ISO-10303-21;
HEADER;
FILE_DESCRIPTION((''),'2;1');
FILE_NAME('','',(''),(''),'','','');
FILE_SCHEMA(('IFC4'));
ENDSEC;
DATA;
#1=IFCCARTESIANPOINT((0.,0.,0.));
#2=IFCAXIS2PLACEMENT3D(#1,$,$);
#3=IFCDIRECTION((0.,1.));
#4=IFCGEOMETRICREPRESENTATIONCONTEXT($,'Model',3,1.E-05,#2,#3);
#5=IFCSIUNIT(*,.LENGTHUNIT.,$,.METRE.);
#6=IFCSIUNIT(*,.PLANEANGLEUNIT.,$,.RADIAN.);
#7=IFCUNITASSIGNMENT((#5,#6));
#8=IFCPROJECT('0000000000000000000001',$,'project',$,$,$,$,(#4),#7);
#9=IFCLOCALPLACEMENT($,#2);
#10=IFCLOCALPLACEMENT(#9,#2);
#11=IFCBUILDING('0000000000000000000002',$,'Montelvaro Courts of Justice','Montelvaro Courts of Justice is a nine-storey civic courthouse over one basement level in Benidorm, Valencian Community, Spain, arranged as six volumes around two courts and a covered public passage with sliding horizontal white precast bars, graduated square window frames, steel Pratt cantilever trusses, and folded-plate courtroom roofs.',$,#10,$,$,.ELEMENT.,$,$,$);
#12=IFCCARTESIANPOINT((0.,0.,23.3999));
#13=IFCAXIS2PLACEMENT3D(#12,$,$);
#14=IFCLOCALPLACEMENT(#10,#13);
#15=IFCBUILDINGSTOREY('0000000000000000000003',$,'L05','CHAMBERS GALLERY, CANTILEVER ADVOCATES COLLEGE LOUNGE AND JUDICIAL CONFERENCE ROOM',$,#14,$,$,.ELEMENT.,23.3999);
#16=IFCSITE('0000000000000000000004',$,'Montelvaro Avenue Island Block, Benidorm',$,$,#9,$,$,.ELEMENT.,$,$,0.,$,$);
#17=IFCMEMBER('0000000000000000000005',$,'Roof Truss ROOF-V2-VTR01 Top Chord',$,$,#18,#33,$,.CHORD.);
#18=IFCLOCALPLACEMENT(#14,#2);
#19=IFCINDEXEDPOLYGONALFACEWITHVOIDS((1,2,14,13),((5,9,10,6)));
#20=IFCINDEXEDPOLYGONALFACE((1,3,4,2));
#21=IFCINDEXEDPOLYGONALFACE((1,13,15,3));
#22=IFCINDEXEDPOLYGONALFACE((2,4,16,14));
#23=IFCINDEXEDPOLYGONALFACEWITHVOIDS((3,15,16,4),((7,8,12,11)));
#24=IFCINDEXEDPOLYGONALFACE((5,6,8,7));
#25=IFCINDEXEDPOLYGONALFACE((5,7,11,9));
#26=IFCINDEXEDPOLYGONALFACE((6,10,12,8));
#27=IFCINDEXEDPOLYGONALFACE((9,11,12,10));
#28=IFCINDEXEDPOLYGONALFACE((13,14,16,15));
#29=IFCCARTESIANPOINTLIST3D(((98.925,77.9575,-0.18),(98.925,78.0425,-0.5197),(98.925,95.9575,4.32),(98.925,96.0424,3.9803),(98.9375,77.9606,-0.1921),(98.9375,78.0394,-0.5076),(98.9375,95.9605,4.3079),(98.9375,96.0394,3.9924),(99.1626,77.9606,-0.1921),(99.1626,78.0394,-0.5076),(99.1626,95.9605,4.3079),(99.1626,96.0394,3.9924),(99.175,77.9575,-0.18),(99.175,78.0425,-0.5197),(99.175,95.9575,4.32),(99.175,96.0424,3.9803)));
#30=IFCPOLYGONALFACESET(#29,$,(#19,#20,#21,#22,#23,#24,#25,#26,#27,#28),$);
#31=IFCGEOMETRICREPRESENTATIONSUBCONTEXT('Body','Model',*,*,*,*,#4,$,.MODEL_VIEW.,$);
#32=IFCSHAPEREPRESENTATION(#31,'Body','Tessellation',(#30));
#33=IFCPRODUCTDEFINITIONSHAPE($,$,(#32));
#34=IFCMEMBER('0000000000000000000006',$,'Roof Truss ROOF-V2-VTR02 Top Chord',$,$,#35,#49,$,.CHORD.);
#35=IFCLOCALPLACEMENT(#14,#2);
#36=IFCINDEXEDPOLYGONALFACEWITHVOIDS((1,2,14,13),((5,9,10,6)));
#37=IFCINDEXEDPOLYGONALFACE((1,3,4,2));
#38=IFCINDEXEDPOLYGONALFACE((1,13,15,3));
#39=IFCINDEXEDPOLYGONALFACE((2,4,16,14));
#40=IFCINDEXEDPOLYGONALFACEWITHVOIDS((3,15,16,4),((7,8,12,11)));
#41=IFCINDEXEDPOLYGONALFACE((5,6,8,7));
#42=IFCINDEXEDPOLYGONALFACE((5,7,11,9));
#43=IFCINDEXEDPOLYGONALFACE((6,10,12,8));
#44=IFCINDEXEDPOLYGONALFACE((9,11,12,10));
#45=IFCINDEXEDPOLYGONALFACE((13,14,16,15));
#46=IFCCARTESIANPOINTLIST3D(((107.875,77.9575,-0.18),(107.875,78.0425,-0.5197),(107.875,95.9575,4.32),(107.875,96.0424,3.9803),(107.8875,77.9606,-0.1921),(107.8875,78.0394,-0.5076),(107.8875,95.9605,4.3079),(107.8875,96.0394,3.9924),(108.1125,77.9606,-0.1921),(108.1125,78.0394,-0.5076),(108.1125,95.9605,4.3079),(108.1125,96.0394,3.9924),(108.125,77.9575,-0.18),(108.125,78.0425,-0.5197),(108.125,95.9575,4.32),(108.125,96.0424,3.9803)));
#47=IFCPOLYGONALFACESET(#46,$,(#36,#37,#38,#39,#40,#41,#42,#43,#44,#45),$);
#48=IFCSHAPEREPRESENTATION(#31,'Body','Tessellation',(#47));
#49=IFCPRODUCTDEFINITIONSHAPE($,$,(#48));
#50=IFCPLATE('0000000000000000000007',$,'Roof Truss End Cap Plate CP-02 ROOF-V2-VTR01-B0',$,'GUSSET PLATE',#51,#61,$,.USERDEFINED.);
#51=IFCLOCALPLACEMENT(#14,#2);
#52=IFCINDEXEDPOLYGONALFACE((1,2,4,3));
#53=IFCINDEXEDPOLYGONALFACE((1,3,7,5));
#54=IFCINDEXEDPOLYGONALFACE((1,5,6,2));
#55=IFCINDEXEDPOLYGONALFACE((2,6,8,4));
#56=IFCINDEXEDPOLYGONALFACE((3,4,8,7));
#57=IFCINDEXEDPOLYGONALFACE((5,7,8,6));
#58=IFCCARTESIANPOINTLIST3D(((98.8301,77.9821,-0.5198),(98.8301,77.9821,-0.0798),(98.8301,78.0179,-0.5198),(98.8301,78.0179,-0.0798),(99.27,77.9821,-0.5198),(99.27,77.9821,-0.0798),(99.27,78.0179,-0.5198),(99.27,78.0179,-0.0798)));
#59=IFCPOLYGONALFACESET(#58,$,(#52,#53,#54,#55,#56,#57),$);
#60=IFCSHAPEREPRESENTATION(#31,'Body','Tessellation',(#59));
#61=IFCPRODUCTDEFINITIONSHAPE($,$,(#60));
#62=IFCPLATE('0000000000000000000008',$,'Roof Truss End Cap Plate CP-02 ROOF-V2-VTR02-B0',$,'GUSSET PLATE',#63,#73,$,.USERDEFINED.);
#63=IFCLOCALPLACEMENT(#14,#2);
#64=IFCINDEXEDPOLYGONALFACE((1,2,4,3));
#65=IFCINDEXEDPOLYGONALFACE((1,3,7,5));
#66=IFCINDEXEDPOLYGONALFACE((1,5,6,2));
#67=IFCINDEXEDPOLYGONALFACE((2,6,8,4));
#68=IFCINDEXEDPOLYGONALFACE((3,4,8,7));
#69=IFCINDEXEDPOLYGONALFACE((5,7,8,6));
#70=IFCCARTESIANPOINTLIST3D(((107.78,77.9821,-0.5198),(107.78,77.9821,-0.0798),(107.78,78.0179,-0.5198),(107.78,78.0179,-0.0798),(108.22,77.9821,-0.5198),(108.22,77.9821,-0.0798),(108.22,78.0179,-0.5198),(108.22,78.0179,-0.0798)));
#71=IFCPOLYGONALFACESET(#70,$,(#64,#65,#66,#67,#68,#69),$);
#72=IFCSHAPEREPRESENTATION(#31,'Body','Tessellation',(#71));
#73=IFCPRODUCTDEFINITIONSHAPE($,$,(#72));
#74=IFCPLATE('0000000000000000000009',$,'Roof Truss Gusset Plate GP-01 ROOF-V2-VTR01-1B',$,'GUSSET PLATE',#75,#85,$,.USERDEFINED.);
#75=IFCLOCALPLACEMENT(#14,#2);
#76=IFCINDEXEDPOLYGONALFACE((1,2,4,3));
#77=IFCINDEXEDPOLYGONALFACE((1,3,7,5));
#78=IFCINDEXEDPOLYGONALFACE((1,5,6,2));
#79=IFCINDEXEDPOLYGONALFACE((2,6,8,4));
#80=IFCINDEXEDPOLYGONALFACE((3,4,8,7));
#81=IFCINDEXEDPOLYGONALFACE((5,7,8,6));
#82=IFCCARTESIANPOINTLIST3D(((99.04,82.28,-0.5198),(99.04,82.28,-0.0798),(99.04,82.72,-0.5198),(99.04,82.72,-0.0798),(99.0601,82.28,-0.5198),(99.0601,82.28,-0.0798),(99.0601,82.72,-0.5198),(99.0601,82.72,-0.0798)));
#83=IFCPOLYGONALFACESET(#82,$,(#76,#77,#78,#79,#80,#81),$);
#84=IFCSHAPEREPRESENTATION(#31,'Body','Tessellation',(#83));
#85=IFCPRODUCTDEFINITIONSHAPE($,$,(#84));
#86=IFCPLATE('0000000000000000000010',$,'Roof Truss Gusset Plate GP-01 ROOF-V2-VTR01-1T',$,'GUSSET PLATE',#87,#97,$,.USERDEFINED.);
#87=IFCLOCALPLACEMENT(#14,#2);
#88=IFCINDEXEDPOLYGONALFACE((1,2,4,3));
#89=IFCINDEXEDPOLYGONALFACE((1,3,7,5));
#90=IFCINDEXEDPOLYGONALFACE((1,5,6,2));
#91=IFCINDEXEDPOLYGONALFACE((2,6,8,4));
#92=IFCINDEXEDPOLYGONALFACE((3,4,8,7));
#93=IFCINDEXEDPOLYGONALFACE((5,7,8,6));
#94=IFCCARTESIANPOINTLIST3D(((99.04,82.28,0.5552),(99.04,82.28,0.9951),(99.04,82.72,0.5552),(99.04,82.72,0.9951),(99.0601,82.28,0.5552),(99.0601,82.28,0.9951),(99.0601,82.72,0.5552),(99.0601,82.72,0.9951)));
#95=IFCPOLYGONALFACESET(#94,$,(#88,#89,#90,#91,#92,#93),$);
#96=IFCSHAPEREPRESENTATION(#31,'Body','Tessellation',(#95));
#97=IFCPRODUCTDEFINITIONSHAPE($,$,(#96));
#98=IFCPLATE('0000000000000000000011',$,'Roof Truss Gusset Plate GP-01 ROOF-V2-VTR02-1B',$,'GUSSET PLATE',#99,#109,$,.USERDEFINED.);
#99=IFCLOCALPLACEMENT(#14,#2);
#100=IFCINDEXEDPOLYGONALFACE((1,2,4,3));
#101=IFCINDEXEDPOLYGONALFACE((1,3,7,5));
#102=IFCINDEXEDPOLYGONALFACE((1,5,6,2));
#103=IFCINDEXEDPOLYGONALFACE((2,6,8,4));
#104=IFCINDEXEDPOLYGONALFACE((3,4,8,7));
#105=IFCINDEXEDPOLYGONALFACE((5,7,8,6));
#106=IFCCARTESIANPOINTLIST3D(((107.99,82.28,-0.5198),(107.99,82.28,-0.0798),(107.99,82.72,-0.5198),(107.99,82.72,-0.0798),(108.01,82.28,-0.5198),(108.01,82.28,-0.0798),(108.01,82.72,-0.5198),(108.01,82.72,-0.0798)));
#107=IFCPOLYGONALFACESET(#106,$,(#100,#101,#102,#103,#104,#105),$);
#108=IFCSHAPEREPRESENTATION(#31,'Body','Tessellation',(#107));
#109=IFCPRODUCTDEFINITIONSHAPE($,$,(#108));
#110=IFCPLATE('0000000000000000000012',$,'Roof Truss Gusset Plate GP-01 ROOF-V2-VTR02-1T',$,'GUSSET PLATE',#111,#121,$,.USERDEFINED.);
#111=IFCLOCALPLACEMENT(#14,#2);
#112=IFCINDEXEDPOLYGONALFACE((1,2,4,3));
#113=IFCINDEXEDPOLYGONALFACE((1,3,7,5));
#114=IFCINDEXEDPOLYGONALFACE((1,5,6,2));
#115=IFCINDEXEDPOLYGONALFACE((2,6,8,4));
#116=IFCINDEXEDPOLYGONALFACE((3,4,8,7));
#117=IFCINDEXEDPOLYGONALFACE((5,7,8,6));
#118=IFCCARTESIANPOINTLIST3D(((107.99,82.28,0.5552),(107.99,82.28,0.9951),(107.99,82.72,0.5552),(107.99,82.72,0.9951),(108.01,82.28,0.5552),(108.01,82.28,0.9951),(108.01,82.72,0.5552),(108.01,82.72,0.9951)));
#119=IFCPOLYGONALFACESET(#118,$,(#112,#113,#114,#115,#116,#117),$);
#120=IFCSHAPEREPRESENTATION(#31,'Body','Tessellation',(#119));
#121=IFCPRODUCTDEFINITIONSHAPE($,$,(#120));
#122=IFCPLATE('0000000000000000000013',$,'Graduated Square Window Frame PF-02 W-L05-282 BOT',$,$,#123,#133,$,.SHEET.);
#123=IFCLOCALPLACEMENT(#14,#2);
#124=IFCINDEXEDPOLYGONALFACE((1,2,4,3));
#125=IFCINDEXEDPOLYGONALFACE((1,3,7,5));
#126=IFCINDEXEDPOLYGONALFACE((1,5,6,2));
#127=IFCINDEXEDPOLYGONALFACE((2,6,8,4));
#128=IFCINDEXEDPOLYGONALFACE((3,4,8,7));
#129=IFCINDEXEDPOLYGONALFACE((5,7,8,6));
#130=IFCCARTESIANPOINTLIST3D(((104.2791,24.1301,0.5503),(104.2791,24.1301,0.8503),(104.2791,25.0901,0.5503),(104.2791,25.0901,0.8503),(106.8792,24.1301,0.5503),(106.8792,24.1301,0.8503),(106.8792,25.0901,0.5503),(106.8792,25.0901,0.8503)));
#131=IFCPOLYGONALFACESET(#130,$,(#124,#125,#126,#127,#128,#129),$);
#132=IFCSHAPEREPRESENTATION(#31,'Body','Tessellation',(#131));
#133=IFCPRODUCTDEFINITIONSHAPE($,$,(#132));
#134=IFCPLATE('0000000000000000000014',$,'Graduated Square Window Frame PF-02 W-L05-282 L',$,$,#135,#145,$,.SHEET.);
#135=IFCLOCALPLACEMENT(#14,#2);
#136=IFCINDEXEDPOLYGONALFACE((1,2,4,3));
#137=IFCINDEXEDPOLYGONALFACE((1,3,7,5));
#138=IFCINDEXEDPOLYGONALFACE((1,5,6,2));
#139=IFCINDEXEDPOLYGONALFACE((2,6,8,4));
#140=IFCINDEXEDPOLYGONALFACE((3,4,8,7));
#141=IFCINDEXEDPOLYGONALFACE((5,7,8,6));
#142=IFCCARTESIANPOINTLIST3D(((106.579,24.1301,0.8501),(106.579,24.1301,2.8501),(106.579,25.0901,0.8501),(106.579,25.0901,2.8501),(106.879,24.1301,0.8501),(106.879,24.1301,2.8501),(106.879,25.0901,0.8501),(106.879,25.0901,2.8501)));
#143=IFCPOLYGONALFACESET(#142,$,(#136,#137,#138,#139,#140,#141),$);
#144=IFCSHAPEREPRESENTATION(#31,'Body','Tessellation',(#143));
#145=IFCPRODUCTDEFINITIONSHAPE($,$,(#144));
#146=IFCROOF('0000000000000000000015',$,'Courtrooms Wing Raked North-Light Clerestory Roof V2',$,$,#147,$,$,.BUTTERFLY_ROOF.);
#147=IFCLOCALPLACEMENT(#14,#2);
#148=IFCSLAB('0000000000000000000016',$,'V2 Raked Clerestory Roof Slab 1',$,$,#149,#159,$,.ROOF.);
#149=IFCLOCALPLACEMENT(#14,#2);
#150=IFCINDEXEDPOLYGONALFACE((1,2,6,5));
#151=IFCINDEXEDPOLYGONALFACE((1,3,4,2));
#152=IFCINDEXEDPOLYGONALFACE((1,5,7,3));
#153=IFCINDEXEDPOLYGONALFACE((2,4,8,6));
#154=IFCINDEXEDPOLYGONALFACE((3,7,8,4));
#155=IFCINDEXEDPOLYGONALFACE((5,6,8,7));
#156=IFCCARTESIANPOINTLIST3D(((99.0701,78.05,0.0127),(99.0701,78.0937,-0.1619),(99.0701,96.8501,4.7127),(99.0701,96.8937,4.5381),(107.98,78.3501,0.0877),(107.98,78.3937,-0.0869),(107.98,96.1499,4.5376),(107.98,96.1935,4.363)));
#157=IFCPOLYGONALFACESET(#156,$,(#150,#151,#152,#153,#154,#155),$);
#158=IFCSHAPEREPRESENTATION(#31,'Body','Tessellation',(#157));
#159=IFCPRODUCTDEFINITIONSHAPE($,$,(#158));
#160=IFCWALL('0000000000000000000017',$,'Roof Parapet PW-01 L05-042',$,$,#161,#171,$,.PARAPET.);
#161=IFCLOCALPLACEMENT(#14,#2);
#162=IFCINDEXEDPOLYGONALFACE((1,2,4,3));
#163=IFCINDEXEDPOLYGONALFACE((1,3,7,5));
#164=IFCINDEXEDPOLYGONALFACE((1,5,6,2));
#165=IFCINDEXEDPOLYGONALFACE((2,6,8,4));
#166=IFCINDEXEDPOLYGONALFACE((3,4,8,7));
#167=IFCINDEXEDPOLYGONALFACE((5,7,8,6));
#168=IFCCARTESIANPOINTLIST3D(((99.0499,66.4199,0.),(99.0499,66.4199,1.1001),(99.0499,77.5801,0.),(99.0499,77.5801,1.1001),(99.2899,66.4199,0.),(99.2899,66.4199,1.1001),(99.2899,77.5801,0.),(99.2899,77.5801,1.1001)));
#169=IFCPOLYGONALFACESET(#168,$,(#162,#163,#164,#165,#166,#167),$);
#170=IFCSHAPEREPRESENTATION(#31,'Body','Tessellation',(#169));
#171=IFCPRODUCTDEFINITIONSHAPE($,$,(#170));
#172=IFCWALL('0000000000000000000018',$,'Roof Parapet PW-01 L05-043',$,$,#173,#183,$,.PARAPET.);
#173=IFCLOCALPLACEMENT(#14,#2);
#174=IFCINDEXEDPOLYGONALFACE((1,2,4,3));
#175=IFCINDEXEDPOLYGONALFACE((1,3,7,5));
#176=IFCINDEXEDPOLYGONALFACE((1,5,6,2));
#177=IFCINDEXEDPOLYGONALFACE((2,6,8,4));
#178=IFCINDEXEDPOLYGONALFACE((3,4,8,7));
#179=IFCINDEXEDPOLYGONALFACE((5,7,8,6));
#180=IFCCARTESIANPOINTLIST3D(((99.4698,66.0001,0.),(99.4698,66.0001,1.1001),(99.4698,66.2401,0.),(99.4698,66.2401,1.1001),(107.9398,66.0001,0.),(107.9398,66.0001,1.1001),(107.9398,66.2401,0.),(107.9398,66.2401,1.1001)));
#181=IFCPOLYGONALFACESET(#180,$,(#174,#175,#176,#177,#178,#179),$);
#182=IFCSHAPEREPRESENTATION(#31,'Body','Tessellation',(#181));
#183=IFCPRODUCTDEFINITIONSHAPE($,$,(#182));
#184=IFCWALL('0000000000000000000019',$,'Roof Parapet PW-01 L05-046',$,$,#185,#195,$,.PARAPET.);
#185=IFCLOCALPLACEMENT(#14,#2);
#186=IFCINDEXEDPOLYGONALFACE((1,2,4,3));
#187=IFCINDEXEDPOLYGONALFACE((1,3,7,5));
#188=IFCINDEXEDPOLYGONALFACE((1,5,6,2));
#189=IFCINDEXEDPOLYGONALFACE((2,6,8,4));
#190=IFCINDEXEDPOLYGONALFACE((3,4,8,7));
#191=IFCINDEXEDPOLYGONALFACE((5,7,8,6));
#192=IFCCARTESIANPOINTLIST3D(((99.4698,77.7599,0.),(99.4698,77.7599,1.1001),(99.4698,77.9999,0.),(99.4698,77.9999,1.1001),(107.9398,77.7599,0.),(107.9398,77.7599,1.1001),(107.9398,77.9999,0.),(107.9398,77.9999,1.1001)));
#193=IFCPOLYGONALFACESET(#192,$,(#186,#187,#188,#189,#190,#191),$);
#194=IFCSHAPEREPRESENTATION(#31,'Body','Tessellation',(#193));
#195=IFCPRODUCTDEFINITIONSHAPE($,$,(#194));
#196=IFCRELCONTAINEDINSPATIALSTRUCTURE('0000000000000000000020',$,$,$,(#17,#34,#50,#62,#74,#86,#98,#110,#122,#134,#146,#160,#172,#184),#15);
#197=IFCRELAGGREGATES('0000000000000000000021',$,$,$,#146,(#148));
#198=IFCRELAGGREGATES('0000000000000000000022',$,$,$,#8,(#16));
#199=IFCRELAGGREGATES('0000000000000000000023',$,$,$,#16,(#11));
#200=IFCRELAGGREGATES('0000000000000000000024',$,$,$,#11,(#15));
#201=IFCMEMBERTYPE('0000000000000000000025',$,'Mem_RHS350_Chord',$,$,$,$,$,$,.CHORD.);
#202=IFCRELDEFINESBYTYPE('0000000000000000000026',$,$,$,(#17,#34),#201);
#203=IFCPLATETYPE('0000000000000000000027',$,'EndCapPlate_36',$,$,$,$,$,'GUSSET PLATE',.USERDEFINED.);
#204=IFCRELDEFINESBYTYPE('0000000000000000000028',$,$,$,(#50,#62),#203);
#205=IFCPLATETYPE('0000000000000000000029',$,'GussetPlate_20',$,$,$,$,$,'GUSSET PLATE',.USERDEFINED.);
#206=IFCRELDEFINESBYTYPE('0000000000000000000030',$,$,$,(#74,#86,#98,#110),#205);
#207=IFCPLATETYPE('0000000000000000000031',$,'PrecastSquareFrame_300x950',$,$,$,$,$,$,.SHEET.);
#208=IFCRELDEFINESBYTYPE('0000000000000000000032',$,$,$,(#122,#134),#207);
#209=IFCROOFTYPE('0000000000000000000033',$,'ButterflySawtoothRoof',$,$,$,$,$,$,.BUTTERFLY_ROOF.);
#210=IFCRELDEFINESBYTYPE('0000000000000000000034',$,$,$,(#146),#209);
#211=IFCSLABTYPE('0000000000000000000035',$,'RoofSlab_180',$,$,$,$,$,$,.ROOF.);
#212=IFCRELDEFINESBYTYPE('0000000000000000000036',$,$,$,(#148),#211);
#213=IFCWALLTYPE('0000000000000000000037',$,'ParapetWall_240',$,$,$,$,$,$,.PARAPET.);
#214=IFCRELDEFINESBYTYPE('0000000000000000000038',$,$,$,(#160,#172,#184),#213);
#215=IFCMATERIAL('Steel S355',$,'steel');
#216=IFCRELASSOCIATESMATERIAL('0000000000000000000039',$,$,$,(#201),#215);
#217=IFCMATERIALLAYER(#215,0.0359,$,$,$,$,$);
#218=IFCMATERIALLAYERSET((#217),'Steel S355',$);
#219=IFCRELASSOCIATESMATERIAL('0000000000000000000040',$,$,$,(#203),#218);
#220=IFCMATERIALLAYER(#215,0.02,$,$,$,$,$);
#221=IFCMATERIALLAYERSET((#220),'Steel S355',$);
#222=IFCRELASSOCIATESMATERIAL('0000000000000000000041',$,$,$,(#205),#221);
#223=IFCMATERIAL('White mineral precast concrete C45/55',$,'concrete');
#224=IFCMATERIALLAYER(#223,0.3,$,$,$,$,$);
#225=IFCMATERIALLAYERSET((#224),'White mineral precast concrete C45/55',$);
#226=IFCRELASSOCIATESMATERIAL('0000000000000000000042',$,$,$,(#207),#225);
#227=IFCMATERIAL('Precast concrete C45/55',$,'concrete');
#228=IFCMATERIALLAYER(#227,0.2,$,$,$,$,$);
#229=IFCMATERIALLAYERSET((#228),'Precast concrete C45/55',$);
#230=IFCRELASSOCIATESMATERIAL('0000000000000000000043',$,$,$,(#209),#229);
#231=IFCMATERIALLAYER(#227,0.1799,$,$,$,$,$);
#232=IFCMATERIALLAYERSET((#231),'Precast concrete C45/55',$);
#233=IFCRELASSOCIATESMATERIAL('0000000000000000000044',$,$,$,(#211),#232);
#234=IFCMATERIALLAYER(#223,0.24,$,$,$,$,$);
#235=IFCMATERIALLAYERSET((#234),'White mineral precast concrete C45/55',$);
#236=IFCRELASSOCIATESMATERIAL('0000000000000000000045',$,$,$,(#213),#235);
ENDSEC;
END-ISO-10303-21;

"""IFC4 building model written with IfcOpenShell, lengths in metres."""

from ifc_helpers import new_model, si_unit, direction, frame, frame_2d, origin, origin_2d, place, context, subcontext, project, spatial, polyline, rectangle, hollow_rectangle, outline, extrude, material, layer, layer_set, material_profile, profile_set, type_object, element, aggregate, save


model = new_model("IFC4")

# Units and contexts
model_context = context("Model", 3, precision=1e-05, world=origin(), true_north=direction((0.0, 1.0)))
body_context = subcontext(model_context, "Body", "Model", "MODEL_VIEW")
ifc_project = project(units=[si_unit("LENGTHUNIT", "METRE"), si_unit("PLANEANGLEUNIT", "RADIAN")], contexts=[model_context])

# Site, building, storey
site_placement = place(None, origin())
site = spatial("IfcSite", under=ifc_project, at=site_placement, Name="Montelvaro Avenue Island Block, Benidorm", CompositionType="ELEMENT", RefElevation=0.0)
building_placement = place(site_placement, origin())
building = spatial("IfcBuilding", under=site, at=building_placement, Name="Montelvaro Courts of Justice", Description="Montelvaro Courts of Justice is a nine-storey civic courthouse over one basement level in Benidorm, Valencian Community, Spain, arranged as six volumes around two courts and a covered public passage with sliding horizontal white precast bars, graduated square window frames, steel Pratt cantilever trusses, and folded-plate courtroom roofs.", CompositionType="ELEMENT")
storey_placement = place(building_placement, frame((0.0, 0.0, 23.3999)))
storey = spatial("IfcBuildingStorey", under=building, at=storey_placement, Name="L05", Description="CHAMBERS GALLERY, CANTILEVER ADVOCATES COLLEGE LOUNGE AND JUDICIAL CONFERENCE ROOM", CompositionType="ELEMENT", Elevation=23.3999)

# Members
ifc_material_1 = material(Name="Steel S355", Category="steel")
ifc_material_profile_1 = material_profile(ifc_material_1, hollow_rectangle(XDim=0.25, YDim=0.3501, WallThickness=0.0125, at=origin_2d()), Name="RHS 350x250x12.5")
ifc_profile_set_1 = profile_set([ifc_material_profile_1], Name="Steel S355")
member_type_1 = type_object("IfcMemberType", Name="Mem_RHS350_Chord", PredefinedType="CHORD", material=ifc_profile_set_1)
for number, where, z_axis, x_axis, name in (
    (1, (99.05, 78.0, -0.3499), (0.0, 0.970143, 0.242536), (-1.0, 0.0, 0.0), "Roof Truss ROOF-V2-VTR01 Top Chord"),
    (2, (108.0, 78.0, -0.3499), (0.0, 0.970143, 0.242536), (-1.0, 0.0, 0.0), "Roof Truss ROOF-V2-VTR02 Top Chord"),
):
    element("IfcMember", number, at=place(storey_placement, frame(where, z_axis=z_axis, x_axis=x_axis)), inside=storey, type_object=member_type_1, Name=name, PredefinedType="CHORD", context=body_context, shape_type="SweptSolid", body=[
        extrude(hollow_rectangle(XDim=0.25, YDim=0.3501, WallThickness=0.0125, at=origin_2d()), origin(), (0.0, 0.0, 1.0), 18.554),
    ])

# Plates
ifc_layer_1 = layer(ifc_material_1, 0.0359)
ifc_layer_set_1 = layer_set([ifc_layer_1], Name="Steel S355")
plate_type_1 = type_object("IfcPlateType", Name="EndCapPlate_36", ElementType="GUSSET PLATE", PredefinedType="USERDEFINED", material=ifc_layer_set_1)
for number, where, z_axis, x_axis, name in (
    (3, (99.05, 78.0, -0.5198), (0.0, 0.0, 1.0), (1.0, 0.0, 0.0), "Roof Truss End Cap Plate CP-02 ROOF-V2-VTR01-B0"),
    (4, (108.0, 78.0, -0.5198), (0.0, 0.0, 1.0), (1.0, 0.0, 0.0), "Roof Truss End Cap Plate CP-02 ROOF-V2-VTR02-B0"),
):
    element("IfcPlate", number, at=place(storey_placement, frame(where, z_axis=z_axis, x_axis=x_axis)), inside=storey, type_object=plate_type_1, Name=name, ObjectType="GUSSET PLATE", PredefinedType="USERDEFINED", context=body_context, shape_type="SweptSolid", body=[
        extrude(rectangle(XDim=0.4399, YDim=0.0359, at=origin_2d()), origin(), (0.0, 0.0, 1.0), 0.4399),
    ])
ifc_layer_2 = layer(ifc_material_1, 0.02)
ifc_layer_set_2 = layer_set([ifc_layer_2], Name="Steel S355")
plate_type_2 = type_object("IfcPlateType", Name="GussetPlate_20", ElementType="GUSSET PLATE", PredefinedType="USERDEFINED", material=ifc_layer_set_2)
for number, where, z_axis, x_axis, name in (
    (5, (99.05, 82.5, -0.5198), (0.0, 0.0, 1.0), (1.0, 0.0, 0.0), "Roof Truss Gusset Plate GP-01 ROOF-V2-VTR01-1B"),
    (6, (99.05, 82.5, 0.5552), (0.0, 0.0, 1.0), (1.0, 0.0, 0.0), "Roof Truss Gusset Plate GP-01 ROOF-V2-VTR01-1T"),
    (7, (108.0, 82.5, -0.5198), (0.0, 0.0, 1.0), (1.0, 0.0, 0.0), "Roof Truss Gusset Plate GP-01 ROOF-V2-VTR02-1B"),
    (8, (108.0, 82.5, 0.5552), (0.0, 0.0, 1.0), (1.0, 0.0, 0.0), "Roof Truss Gusset Plate GP-01 ROOF-V2-VTR02-1T"),
):
    element("IfcPlate", number, at=place(storey_placement, frame(where, z_axis=z_axis, x_axis=x_axis)), inside=storey, type_object=plate_type_2, Name=name, ObjectType="GUSSET PLATE", PredefinedType="USERDEFINED", context=body_context, shape_type="SweptSolid", body=[
        extrude(rectangle(XDim=0.02, YDim=0.4399, at=origin_2d()), origin(), (0.0, 0.0, 1.0), 0.4399),
    ])
ifc_material_2 = material(Name="White mineral precast concrete C45/55", Category="concrete")
ifc_layer_3 = layer(ifc_material_2, 0.3)
ifc_layer_set_3 = layer_set([ifc_layer_3], Name="White mineral precast concrete C45/55")
plate_type_3 = type_object("IfcPlateType", Name="PrecastSquareFrame_300x950", PredefinedType="SHEET", material=ifc_layer_set_3)
plate_1_placement = place(storey_placement, frame((105.5791, 24.6101, 0.5503), z_axis=(0.0, 0.0, 1.0), x_axis=(-1.0, 0.0, 0.0)))
element("IfcPlate", 9, at=plate_1_placement, inside=storey, type_object=plate_type_3, Name="Graduated Square Window Frame PF-02 W-L05-282 BOT", PredefinedType="SHEET", context=body_context, shape_type="SweptSolid", body=[
    extrude(rectangle(XDim=2.6001, YDim=0.96, at=origin_2d()), origin(), (0.0, 0.0, 1.0), 0.3),
])
plate_2_placement = place(storey_placement, frame((106.729, 24.6101, 0.8501), z_axis=(0.0, 0.0, 1.0), x_axis=(-1.0, 0.0, 0.0)))
element("IfcPlate", 10, at=plate_2_placement, inside=storey, type_object=plate_type_3, Name="Graduated Square Window Frame PF-02 W-L05-282 L", PredefinedType="SHEET", context=body_context, shape_type="SweptSolid", body=[
    extrude(rectangle(XDim=0.3, YDim=0.96, at=origin_2d()), origin(), (0.0, 0.0, 1.0), 2.0),
])

# Roof, slab
ifc_material_3 = material(Name="Precast concrete C45/55", Category="concrete")
ifc_layer_4 = layer(ifc_material_3, 0.2)
ifc_layer_set_4 = layer_set([ifc_layer_4], Name="Precast concrete C45/55")
roof_type = type_object("IfcRoofType", Name="ButterflySawtoothRoof", PredefinedType="BUTTERFLY_ROOF", material=ifc_layer_set_4)
roof_placement = place(storey_placement, origin())
roof = element("IfcRoof", 11, at=roof_placement, inside=storey, type_object=roof_type, Name="Courtrooms Wing Raked North-Light Clerestory Roof V2", PredefinedType="BUTTERFLY_ROOF")
ifc_layer_5 = layer(ifc_material_3, 0.1799)
ifc_layer_set_5 = layer_set([ifc_layer_5], Name="Precast concrete C45/55")
slab_type = type_object("IfcSlabType", Name="RoofSlab_180", PredefinedType="ROOF", material=ifc_layer_set_5)
slab_placement = place(storey_placement, frame((99.0701, 78.05, 0.0127), z_axis=(0.000003, -0.242534, 0.970143), x_axis=(0.999398, 0.033655, 0.00841)))
slab = element("IfcSlab", 12, at=slab_placement, type_object=slab_type, Name="V2 Raked Clerestory Roof Slab 1", PredefinedType="ROOF", context=body_context, shape_type="SweptSolid", body=[
    extrude(outline(polyline([(0.0, 0.0), (8.9153, 0.0), (9.5518, 18.3366), (0.6722, 19.367), (0.0, 0.0)])), origin(), (0.0, 0.0, -1.0), 0.1799),
])
aggregate(roof, [slab])

# Walls
ifc_layer_6 = layer(ifc_material_2, 0.24)
ifc_layer_set_6 = layer_set([ifc_layer_6], Name="White mineral precast concrete C45/55")
wall_type = type_object("IfcWallType", Name="ParapetWall_240", PredefinedType="PARAPET", material=ifc_layer_set_6)
wall_placement = place(storey_placement, frame((99.1699, 66.4199, 0.0), z_axis=(0.0, 0.0, 1.0), x_axis=(0.0, 1.0, 0.0)))
element("IfcWall", 13, at=wall_placement, inside=storey, type_object=wall_type, Name="Roof Parapet PW-01 L05-042", PredefinedType="PARAPET", context=body_context, shape_type="SweptSolid", body=[
    extrude(rectangle(XDim=11.1602, YDim=0.24, at=frame_2d((5.5801, 0.0))), origin(), (0.0, 0.0, 1.0), 1.1001),
])
for number, where, z_axis, x_axis, name in (
    (14, (99.47, 66.1201, 0.0), (0.0, 0.0, 1.0), (1.0, 0.0, 0.0), "Roof Parapet PW-01 L05-043"),
    (15, (99.47, 77.8799, 0.0), (0.0, 0.0, 1.0), (1.0, 0.0, 0.0), "Roof Parapet PW-01 L05-046"),
):
    element("IfcWall", number, at=place(storey_placement, frame(where, z_axis=z_axis, x_axis=x_axis)), inside=storey, type_object=wall_type, Name=name, PredefinedType="PARAPET", context=body_context, shape_type="SweptSolid", body=[
        extrude(rectangle(XDim=8.47, YDim=0.24, at=frame_2d((4.2349, 0.0))), origin(), (0.0, 0.0, 1.0), 1.1001),
    ])

save(model, "model.ifc")
